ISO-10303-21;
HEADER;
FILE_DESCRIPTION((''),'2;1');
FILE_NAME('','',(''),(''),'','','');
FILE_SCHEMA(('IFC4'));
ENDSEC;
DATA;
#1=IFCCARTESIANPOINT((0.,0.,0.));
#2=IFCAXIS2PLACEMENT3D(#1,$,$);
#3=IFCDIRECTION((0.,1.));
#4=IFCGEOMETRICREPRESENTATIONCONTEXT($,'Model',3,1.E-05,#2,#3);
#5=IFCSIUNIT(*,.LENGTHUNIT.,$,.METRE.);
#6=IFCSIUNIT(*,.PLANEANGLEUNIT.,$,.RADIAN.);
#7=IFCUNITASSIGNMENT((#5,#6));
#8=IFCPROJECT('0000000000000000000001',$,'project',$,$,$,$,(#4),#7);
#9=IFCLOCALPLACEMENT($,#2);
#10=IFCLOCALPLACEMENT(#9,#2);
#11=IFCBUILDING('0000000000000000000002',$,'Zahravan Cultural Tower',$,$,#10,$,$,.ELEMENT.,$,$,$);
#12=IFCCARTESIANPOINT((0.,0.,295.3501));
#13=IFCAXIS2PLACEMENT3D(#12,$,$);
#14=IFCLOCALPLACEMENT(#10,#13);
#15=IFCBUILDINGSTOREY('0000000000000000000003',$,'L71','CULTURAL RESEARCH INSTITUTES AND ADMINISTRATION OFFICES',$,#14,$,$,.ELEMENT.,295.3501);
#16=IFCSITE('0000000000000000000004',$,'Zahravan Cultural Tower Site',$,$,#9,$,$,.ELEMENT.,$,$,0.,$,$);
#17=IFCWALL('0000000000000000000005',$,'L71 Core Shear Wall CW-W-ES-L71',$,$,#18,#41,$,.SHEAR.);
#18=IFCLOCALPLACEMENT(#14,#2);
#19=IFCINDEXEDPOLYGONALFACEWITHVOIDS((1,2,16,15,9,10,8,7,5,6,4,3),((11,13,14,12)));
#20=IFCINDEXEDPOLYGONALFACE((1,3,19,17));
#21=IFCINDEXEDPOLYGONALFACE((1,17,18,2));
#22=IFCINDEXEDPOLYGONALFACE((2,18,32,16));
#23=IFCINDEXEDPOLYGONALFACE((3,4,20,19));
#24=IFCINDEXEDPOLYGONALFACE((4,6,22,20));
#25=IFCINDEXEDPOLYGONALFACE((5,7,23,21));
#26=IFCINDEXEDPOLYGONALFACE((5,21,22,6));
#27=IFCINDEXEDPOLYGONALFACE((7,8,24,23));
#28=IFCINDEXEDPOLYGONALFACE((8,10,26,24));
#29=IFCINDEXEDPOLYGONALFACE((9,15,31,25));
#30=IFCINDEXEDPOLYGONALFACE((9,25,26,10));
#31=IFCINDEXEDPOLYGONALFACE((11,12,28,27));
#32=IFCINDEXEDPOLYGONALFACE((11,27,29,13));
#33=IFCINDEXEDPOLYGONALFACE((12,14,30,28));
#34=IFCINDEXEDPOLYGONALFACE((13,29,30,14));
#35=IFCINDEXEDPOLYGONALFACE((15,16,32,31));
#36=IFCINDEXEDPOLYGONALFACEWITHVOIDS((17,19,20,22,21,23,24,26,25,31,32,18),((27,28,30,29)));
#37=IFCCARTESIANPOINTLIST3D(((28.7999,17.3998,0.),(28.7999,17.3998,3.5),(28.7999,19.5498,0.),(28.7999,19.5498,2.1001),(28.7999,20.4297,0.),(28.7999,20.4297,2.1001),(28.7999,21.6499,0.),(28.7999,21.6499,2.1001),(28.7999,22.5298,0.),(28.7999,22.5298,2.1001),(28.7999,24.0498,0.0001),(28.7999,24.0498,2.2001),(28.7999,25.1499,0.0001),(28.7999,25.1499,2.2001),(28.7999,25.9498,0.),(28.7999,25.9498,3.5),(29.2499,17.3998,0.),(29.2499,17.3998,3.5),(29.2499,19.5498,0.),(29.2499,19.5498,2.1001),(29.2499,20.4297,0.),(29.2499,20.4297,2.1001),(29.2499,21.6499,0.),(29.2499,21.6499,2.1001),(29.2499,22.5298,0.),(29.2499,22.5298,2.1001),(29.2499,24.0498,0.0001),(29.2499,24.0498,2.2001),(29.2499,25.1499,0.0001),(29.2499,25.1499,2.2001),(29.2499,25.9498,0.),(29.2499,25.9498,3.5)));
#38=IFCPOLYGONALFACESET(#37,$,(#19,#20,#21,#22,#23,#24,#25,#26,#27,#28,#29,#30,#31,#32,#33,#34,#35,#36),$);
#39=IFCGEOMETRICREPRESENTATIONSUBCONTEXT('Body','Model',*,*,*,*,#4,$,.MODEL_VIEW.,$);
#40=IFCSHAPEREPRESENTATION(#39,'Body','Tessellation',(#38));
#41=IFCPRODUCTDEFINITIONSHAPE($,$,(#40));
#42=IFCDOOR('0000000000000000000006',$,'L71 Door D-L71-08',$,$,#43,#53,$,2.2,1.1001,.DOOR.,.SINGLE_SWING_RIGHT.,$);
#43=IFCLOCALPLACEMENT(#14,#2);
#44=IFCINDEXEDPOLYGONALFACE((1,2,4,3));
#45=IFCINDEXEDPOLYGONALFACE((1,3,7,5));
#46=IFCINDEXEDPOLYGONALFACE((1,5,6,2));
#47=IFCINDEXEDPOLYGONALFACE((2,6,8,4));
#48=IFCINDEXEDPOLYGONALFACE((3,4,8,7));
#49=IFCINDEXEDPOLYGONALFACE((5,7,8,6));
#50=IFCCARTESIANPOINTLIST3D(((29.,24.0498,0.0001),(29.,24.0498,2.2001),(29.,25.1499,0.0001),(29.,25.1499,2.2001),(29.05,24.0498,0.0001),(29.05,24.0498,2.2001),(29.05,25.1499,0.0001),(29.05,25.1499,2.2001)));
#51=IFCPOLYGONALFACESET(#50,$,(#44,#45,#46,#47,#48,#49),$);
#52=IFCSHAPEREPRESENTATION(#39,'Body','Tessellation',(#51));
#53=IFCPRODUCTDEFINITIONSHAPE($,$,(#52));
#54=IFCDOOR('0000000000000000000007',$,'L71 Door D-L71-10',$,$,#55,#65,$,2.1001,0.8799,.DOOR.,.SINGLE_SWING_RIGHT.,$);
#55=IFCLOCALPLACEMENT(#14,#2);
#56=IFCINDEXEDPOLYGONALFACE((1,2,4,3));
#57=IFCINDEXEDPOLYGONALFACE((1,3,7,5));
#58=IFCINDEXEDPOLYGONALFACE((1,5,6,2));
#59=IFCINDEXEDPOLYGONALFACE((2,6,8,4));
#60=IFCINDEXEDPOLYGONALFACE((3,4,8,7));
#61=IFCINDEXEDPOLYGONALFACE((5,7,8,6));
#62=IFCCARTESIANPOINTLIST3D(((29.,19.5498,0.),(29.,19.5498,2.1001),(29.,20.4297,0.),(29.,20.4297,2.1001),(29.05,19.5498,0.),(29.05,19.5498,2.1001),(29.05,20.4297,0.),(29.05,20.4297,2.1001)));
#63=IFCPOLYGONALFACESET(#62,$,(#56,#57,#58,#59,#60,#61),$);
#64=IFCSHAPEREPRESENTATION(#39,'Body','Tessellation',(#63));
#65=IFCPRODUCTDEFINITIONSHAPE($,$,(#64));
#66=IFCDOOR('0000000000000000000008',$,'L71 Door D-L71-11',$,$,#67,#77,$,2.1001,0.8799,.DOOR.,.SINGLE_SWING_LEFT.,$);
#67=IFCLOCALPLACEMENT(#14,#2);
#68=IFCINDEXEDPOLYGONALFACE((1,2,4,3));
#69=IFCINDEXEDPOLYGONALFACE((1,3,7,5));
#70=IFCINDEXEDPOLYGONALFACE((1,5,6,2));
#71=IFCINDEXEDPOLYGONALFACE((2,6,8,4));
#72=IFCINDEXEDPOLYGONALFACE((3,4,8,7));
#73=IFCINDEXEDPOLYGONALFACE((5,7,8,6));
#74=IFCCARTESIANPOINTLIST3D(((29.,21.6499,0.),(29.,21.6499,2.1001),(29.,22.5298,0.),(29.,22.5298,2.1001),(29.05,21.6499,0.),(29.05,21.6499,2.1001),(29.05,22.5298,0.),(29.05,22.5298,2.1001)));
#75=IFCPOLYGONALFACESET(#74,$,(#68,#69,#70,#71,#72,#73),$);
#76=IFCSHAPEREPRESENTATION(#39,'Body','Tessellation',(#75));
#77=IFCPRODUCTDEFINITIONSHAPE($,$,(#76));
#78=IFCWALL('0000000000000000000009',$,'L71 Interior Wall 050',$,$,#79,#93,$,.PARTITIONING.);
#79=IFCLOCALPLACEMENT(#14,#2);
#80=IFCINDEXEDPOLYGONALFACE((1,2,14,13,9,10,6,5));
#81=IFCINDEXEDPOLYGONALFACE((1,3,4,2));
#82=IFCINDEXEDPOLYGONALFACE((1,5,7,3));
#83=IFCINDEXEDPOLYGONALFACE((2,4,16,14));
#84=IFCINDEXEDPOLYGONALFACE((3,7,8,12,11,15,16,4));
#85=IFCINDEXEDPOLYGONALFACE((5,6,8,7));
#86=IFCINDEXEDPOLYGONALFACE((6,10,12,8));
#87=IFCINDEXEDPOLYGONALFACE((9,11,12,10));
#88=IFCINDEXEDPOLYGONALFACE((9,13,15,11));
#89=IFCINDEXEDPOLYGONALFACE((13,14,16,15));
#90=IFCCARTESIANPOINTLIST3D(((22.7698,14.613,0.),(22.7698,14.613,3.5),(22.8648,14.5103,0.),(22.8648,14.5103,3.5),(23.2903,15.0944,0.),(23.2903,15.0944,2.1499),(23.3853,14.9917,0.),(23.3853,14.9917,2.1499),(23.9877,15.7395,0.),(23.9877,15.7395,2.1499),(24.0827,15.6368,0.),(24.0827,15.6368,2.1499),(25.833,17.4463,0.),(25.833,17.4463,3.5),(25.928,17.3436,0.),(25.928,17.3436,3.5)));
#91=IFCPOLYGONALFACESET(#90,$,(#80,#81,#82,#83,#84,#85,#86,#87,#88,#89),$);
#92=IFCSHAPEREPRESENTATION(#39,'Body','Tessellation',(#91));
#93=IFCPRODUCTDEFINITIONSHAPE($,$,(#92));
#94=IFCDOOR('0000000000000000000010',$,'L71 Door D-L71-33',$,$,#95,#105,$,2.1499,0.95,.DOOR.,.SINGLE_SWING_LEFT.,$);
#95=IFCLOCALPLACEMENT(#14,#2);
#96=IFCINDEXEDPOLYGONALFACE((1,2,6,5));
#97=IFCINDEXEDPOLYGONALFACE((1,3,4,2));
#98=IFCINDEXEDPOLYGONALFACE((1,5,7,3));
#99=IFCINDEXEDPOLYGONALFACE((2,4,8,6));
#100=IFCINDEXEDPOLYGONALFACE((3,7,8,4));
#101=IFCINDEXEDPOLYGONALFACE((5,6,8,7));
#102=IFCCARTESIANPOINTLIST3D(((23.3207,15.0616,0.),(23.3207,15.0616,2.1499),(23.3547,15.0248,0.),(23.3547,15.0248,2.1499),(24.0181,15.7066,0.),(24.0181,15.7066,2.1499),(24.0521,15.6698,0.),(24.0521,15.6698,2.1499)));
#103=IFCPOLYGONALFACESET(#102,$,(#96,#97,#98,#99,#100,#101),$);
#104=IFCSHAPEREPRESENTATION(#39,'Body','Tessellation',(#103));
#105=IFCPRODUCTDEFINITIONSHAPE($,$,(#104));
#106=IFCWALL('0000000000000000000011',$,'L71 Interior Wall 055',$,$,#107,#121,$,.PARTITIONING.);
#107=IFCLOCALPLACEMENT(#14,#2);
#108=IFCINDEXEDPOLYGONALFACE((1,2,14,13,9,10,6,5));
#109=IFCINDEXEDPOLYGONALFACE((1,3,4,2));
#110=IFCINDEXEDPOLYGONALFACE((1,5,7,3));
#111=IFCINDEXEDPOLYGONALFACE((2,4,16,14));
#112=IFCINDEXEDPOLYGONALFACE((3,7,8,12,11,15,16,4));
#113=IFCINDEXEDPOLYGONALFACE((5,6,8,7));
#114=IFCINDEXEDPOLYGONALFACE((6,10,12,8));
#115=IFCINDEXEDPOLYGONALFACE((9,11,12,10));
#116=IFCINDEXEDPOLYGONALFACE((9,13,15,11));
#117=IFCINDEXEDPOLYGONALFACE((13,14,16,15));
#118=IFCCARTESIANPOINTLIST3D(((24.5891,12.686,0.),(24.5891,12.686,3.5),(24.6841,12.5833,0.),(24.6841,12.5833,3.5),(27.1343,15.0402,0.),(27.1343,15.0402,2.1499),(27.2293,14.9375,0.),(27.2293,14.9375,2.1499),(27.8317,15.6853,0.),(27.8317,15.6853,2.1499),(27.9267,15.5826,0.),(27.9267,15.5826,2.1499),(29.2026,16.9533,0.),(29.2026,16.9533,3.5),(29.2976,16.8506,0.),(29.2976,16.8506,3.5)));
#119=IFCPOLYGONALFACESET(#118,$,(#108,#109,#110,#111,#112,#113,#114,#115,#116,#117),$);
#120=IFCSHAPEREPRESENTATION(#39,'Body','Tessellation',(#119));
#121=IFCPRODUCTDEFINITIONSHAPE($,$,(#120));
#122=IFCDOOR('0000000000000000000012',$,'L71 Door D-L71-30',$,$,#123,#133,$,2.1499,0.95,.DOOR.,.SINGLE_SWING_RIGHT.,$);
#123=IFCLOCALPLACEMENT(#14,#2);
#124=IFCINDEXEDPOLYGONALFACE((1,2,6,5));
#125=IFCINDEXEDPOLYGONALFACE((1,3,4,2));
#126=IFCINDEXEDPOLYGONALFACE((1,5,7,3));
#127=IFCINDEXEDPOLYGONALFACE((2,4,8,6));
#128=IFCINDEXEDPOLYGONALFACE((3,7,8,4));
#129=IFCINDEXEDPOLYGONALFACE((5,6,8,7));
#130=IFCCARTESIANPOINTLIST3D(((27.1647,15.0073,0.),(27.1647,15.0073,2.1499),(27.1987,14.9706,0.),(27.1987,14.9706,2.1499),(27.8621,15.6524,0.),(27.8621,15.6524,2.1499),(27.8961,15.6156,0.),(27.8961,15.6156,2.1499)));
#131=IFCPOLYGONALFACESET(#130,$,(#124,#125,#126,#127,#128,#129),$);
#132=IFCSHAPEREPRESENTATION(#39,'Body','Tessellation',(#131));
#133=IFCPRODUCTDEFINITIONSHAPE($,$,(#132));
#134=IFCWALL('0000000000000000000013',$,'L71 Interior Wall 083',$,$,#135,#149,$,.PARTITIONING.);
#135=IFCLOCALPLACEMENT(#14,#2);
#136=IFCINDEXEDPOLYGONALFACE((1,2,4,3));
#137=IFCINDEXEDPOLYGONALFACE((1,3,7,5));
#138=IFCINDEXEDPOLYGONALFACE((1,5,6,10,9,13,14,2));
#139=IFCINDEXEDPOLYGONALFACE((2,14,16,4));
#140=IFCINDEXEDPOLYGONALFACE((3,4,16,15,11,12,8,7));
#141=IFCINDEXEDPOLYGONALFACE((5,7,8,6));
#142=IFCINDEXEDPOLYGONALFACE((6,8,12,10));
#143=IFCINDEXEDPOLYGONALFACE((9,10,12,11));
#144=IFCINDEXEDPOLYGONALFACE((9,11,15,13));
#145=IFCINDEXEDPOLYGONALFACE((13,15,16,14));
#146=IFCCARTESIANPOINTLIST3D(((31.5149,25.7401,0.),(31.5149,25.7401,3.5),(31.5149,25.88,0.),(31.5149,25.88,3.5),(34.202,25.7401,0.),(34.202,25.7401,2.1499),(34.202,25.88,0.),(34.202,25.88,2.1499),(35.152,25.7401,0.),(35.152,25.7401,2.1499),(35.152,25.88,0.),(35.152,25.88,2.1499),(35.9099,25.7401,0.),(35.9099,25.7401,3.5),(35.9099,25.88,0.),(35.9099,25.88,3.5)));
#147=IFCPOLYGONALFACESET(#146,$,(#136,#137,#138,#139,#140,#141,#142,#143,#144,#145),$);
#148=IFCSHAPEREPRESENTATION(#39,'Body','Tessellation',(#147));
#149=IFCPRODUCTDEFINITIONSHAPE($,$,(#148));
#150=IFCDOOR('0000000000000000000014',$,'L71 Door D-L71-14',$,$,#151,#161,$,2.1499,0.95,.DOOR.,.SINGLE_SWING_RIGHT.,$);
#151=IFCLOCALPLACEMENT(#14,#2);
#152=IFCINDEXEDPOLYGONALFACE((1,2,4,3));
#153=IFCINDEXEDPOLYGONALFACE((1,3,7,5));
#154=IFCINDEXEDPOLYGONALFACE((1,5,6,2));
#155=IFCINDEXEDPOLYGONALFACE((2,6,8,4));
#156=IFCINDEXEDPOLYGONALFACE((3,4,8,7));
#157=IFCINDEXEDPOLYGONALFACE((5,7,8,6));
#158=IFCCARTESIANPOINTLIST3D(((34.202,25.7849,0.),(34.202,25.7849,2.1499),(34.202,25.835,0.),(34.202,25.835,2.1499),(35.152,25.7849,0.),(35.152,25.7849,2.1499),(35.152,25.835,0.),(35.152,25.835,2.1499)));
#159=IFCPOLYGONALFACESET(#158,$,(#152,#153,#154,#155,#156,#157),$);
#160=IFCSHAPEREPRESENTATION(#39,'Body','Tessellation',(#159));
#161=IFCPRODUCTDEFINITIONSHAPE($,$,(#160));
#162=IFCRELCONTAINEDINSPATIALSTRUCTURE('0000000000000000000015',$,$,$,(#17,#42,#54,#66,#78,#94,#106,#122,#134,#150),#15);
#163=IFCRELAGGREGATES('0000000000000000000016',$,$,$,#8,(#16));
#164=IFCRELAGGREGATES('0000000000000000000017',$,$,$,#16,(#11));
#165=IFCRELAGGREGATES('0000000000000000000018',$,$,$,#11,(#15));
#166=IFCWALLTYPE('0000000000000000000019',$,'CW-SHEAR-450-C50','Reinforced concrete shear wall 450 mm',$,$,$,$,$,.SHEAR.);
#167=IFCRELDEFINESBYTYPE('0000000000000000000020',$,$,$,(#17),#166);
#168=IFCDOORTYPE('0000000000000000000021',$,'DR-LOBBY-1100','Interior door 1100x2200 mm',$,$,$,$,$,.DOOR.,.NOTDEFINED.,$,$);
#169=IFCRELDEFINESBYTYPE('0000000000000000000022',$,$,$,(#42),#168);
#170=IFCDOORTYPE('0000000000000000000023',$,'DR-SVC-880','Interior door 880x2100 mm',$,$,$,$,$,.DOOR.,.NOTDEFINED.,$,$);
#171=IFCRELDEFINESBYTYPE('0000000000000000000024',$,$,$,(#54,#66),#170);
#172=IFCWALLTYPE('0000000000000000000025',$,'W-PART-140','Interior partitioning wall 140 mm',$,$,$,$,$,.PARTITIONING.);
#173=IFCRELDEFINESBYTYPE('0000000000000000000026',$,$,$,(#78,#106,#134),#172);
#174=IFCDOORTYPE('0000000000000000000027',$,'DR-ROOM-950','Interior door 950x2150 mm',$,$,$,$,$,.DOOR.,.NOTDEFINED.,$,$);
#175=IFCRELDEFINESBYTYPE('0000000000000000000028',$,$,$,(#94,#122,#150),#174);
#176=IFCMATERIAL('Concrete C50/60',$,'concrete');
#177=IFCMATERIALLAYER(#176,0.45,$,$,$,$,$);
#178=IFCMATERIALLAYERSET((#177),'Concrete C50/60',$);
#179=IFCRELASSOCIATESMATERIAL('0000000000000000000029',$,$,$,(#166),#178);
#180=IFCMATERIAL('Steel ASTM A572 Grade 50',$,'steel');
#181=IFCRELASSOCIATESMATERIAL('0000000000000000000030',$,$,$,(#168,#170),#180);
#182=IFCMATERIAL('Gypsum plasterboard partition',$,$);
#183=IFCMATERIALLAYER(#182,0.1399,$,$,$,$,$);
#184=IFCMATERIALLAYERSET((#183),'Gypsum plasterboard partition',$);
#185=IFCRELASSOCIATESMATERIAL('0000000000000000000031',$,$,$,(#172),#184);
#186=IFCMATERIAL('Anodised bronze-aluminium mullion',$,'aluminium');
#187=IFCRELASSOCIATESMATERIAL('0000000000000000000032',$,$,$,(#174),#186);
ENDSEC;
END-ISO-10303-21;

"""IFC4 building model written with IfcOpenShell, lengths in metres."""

from ifc_helpers import new_model, si_unit, direction, frame, frame_2d, origin, place, context, subcontext, project, spatial, rectangle, extrude, source, transform, mapped, material, layer, layer_set, type_object, element, fill, save


model = new_model("IFC4")

# Units and contexts
model_context = context("Model", 3, precision=1e-05, world=origin(), true_north=direction((0.0, 1.0)))
body_context = subcontext(model_context, "Body", "Model", "MODEL_VIEW")
ifc_project = project(units=[si_unit("LENGTHUNIT", "METRE"), si_unit("PLANEANGLEUNIT", "RADIAN")], contexts=[model_context])

# Site, building, storey
site_placement = place(None, origin())
site = spatial("IfcSite", under=ifc_project, at=site_placement, Name="Zahravan Cultural Tower Site", CompositionType="ELEMENT", RefElevation=0.0)
building_placement = place(site_placement, origin())
building = spatial("IfcBuilding", under=site, at=building_placement, Name="Zahravan Cultural Tower", CompositionType="ELEMENT")
storey_placement = place(building_placement, frame((0.0, 0.0, 295.3501)))
storey = spatial("IfcBuildingStorey", under=building, at=storey_placement, Name="L71", Description="CULTURAL RESEARCH INSTITUTES AND ADMINISTRATION OFFICES", CompositionType="ELEMENT", Elevation=295.3501)

# Shared definitions
ifc_material_1 = material(Name="Concrete C50/60", Category="concrete")

# Wall, openings, doors
ifc_layer_1 = layer(ifc_material_1, 0.45)
ifc_layer_set_1 = layer_set([ifc_layer_1], Name="Concrete C50/60")
wall_type_1 = type_object("IfcWallType", Name="CW-SHEAR-450-C50", Description="Reinforced concrete shear wall 450 mm", PredefinedType="SHEAR", material=ifc_layer_set_1)
wall_1_placement = place(storey_placement, frame((29.0249, 17.3999, 0.0), z_axis=(0.0, 0.0, 1.0), x_axis=(0.0, 1.0, 0.0)))
wall_1 = element("IfcWall", 1, at=wall_1_placement, inside=storey, type_object=wall_type_1, Name="L71 Core Shear Wall CW-W-ES-L71", PredefinedType="SHEAR", context=body_context, shape_type="SweptSolid", body=[
    extrude(rectangle(XDim=8.55, YDim=0.45, at=frame_2d((4.2749, 0.0))), origin(), (0.0, 0.0, 1.0), 3.5),
])
opening_1_placement = place(wall_1_placement, frame((6.6499, 0.0, 0.0)))
opening_1 = element("IfcOpeningElement", 2, at=opening_1_placement, cuts=wall_1, PredefinedType="OPENING", context=body_context, shape_type="SweptSolid", body=[
    extrude(rectangle(XDim=1.1001, YDim=2.2, at=frame_2d((0.55, 1.1001))), frame((0.0, 0.2349, 0.0), z_axis=(0.0, -1.0, 0.0), x_axis=(1.0, 0.0, 0.0)), (0.0, 0.0, 1.0), 0.47),
])
opening_2_placement = place(wall_1_placement, frame((2.1499, 0.0, 0.0)))
opening_2 = element("IfcOpeningElement", 3, at=opening_2_placement, cuts=wall_1, PredefinedType="OPENING", context=body_context, shape_type="SweptSolid", body=[
    extrude(rectangle(XDim=0.8799, YDim=2.1001, at=frame_2d((0.4399, 1.05))), frame((0.0, 0.2349, 0.0), z_axis=(0.0, -1.0, 0.0), x_axis=(1.0, 0.0, 0.0)), (0.0, 0.0, 1.0), 0.47),
])
opening_3_placement = place(wall_1_placement, frame((4.25, 0.0, 0.0)))
opening_3 = element("IfcOpeningElement", 4, at=opening_3_placement, cuts=wall_1, PredefinedType="OPENING", context=body_context, shape_type="SweptSolid", body=[
    extrude(rectangle(XDim=0.8799, YDim=2.1001, at=frame_2d((0.4399, 1.05))), frame((0.0, 0.2349, 0.0), z_axis=(0.0, -1.0, 0.0), x_axis=(1.0, 0.0, 0.0)), (0.0, 0.0, 1.0), 0.47),
])
ifc_material_2 = material(Name="Steel ASTM A572 Grade 50", Category="steel")
door_type_1 = type_object("IfcDoorType", Name="DR-LOBBY-1100", Description="Interior door 1100x2200 mm", OperationType="NOTDEFINED", PredefinedType="DOOR", material=ifc_material_2)
shared_shape_1 = source(origin(), body_context, "Body", "SweptSolid", [
    extrude(rectangle(XDim=1.1001, YDim=2.2, at=frame_2d((0.55, 1.1001))), frame((0.0, 0.0249, 0.0), z_axis=(0.0, -1.0, 0.0), x_axis=(1.0, 0.0, 0.0)), (0.0, 0.0, 1.0), 0.05),
])
door_1_placement = place(opening_1_placement, origin())
door_1 = element("IfcDoor", 5, at=door_1_placement, inside=storey, type_object=door_type_1, Name="L71 Door D-L71-08", OperationType="SINGLE_SWING_RIGHT", OverallHeight=2.2, OverallWidth=1.1001, PredefinedType="DOOR", context=body_context, shape_type="MappedRepresentation", body=[
    mapped(shared_shape_1, transform((0.0, 0.0, 0.0), x_axis=(1.0, 0.0, 0.0), y_axis=(0.0, 1.0, 0.0), z_axis=(0.0, 0.0, 1.0), scale=1.0)),
])
fill(opening_1, door_1)
door_type_2 = type_object("IfcDoorType", Name="DR-SVC-880", Description="Interior door 880x2100 mm", OperationType="NOTDEFINED", PredefinedType="DOOR", material=ifc_material_2)
shared_shape_2 = source(origin(), body_context, "Body", "SweptSolid", [
    extrude(rectangle(XDim=0.8799, YDim=2.1001, at=frame_2d((0.4399, 1.05))), frame((0.0, 0.0249, 0.0), z_axis=(0.0, -1.0, 0.0), x_axis=(1.0, 0.0, 0.0)), (0.0, 0.0, 1.0), 0.05),
])
door_2_placement = place(opening_2_placement, origin())
door_2 = element("IfcDoor", 6, at=door_2_placement, inside=storey, type_object=door_type_2, Name="L71 Door D-L71-10", OperationType="SINGLE_SWING_RIGHT", OverallHeight=2.1001, OverallWidth=0.8799, PredefinedType="DOOR", context=body_context, shape_type="MappedRepresentation", body=[
    mapped(shared_shape_2, transform((0.0, 0.0, 0.0), x_axis=(1.0, 0.0, 0.0), y_axis=(0.0, 1.0, 0.0), z_axis=(0.0, 0.0, 1.0), scale=1.0)),
])
fill(opening_2, door_2)
door_3_placement = place(opening_3_placement, origin())
door_3 = element("IfcDoor", 7, at=door_3_placement, inside=storey, type_object=door_type_2, Name="L71 Door D-L71-11", OperationType="SINGLE_SWING_LEFT", OverallHeight=2.1001, OverallWidth=0.8799, PredefinedType="DOOR", context=body_context, shape_type="MappedRepresentation", body=[
    mapped(shared_shape_2, transform((0.0, 0.0, 0.0), x_axis=(1.0, 0.0, 0.0), y_axis=(0.0, 1.0, 0.0), z_axis=(0.0, 0.0, 1.0), scale=1.0)),
])
fill(opening_3, door_3)

# Walls, openings, doors
ifc_material_3 = material(Name="Gypsum plasterboard partition")
ifc_layer_2 = layer(ifc_material_3, 0.1399)
ifc_layer_set_2 = layer_set([ifc_layer_2], Name="Gypsum plasterboard partition")
wall_type_2 = type_object("IfcWallType", Name="W-PART-140", Description="Interior partitioning wall 140 mm", PredefinedType="PARTITIONING", material=ifc_layer_set_2)
wall_2_placement = place(storey_placement, frame((25.8806, 17.395, 0.0), z_axis=(0.0, 0.0, 1.0), x_axis=(-0.734128, -0.679011, 0.0)))
wall_2 = element("IfcWall", 8, at=wall_2_placement, inside=storey, type_object=wall_type_2, Name="L71 Interior Wall 050", PredefinedType="PARTITIONING", context=body_context, shape_type="SweptSolid", body=[
    extrude(rectangle(XDim=4.1726, YDim=0.1399, at=frame_2d((2.0864, 0.0))), origin(), (0.0, 0.0, 1.0), 3.5),
])
opening_4_placement = place(wall_2_placement, frame((2.5137, 0.0, 0.0)))
opening_4 = element("IfcOpeningElement", 9, at=opening_4_placement, cuts=wall_2, PredefinedType="OPENING", context=body_context, shape_type="SweptSolid", body=[
    extrude(rectangle(XDim=0.95, YDim=2.1499, at=frame_2d((0.4751, 1.075))), frame((0.0, 0.0798, 0.0), z_axis=(0.0, -1.0, 0.0), x_axis=(1.0, 0.0, 0.0)), (0.0, 0.0, 1.0), 0.1599),
])
ifc_material_4 = material(Name="Anodised bronze-aluminium mullion", Category="aluminium")
door_type_3 = type_object("IfcDoorType", Name="DR-ROOM-950", Description="Interior door 950x2150 mm", OperationType="NOTDEFINED", PredefinedType="DOOR", material=ifc_material_4)
shared_shape_3 = source(origin(), body_context, "Body", "SweptSolid", [
    extrude(rectangle(XDim=0.95, YDim=2.1499, at=frame_2d((0.4751, 1.075))), frame((0.0, 0.0249, 0.0), z_axis=(0.0, -1.0, 0.0), x_axis=(1.0, 0.0, 0.0)), (0.0, 0.0, 1.0), 0.05),
])
door_4_placement = place(opening_4_placement, origin())
door_4 = element("IfcDoor", 10, at=door_4_placement, inside=storey, type_object=door_type_3, Name="L71 Door D-L71-33", OperationType="SINGLE_SWING_LEFT", OverallHeight=2.1499, OverallWidth=0.95, PredefinedType="DOOR", context=body_context, shape_type="MappedRepresentation", body=[
    mapped(shared_shape_3, transform((0.0, 0.0, 0.0), x_axis=(1.0, 0.0, 0.0), y_axis=(0.0, 1.0, 0.0), z_axis=(0.0, 0.0, 1.0), scale=1.0)),
])
fill(opening_4, door_4)
wall_3_placement = place(storey_placement, frame((29.25, 16.9019, 0.0), z_axis=(0.0, 0.0, 1.0), x_axis=(-0.734113, -0.679027, 0.0)))
wall_3 = element("IfcWall", 11, at=wall_3_placement, inside=storey, type_object=wall_type_2, Name="L71 Interior Wall 055", PredefinedType="PARTITIONING", context=body_context, shape_type="SweptSolid", body=[
    extrude(rectangle(XDim=6.2844, YDim=0.1399, at=frame_2d((3.1421, 0.0))), origin(), (0.0, 0.0, 1.0), 3.5),
])
opening_5_placement = place(wall_3_placement, frame((1.8672, 0.0, 0.0)))
opening_5 = element("IfcOpeningElement", 12, at=opening_5_placement, cuts=wall_3, PredefinedType="OPENING", context=body_context, shape_type="SweptSolid", body=[
    extrude(rectangle(XDim=0.95, YDim=2.1499, at=frame_2d((0.4751, 1.075))), frame((0.0, 0.0798, 0.0), z_axis=(0.0, -1.0, 0.0), x_axis=(1.0, 0.0, 0.0)), (0.0, 0.0, 1.0), 0.1599),
])
door_5_placement = place(opening_5_placement, origin())
door_5 = element("IfcDoor", 13, at=door_5_placement, inside=storey, type_object=door_type_3, Name="L71 Door D-L71-30", OperationType="SINGLE_SWING_RIGHT", OverallHeight=2.1499, OverallWidth=0.95, PredefinedType="DOOR", context=body_context, shape_type="MappedRepresentation", body=[
    mapped(shared_shape_3, transform((0.0, 0.0, 0.0), x_axis=(1.0, 0.0, 0.0), y_axis=(0.0, 1.0, 0.0), z_axis=(0.0, 0.0, 1.0), scale=1.0)),
])
fill(opening_5, door_5)
wall_4_placement = place(storey_placement, frame((31.5149, 25.8101, 0.0), z_axis=(0.0, 0.0, 1.0), x_axis=(1.0, 0.0, 0.0)))
wall_4 = element("IfcWall", 14, at=wall_4_placement, inside=storey, type_object=wall_type_2, Name="L71 Interior Wall 083", PredefinedType="PARTITIONING", context=body_context, shape_type="SweptSolid", body=[
    extrude(rectangle(XDim=4.395, YDim=0.1399, at=frame_2d((2.1975, 0.0))), origin(), (0.0, 0.0, 1.0), 3.5),
])
opening_6_placement = place(wall_4_placement, frame((2.687, 0.0, 0.0)))
opening_6 = element("IfcOpeningElement", 15, at=opening_6_placement, cuts=wall_4, PredefinedType="OPENING", context=body_context, shape_type="SweptSolid", body=[
    extrude(rectangle(XDim=0.95, YDim=2.1499, at=frame_2d((0.4751, 1.075))), frame((0.0, 0.0798, 0.0), z_axis=(0.0, -1.0, 0.0), x_axis=(1.0, 0.0, 0.0)), (0.0, 0.0, 1.0), 0.1599),
])
door_6_placement = place(opening_6_placement, origin())
door_6 = element("IfcDoor", 16, at=door_6_placement, inside=storey, type_object=door_type_3, Name="L71 Door D-L71-14", OperationType="SINGLE_SWING_RIGHT", OverallHeight=2.1499, OverallWidth=0.95, PredefinedType="DOOR", context=body_context, shape_type="MappedRepresentation", body=[
    mapped(shared_shape_3, transform((0.0, 0.0, 0.0), x_axis=(1.0, 0.0, 0.0), y_axis=(0.0, 1.0, 0.0), z_axis=(0.0, 0.0, 1.0), scale=1.0)),
])
fill(opening_6, door_6)

save(model, "model.ifc")
